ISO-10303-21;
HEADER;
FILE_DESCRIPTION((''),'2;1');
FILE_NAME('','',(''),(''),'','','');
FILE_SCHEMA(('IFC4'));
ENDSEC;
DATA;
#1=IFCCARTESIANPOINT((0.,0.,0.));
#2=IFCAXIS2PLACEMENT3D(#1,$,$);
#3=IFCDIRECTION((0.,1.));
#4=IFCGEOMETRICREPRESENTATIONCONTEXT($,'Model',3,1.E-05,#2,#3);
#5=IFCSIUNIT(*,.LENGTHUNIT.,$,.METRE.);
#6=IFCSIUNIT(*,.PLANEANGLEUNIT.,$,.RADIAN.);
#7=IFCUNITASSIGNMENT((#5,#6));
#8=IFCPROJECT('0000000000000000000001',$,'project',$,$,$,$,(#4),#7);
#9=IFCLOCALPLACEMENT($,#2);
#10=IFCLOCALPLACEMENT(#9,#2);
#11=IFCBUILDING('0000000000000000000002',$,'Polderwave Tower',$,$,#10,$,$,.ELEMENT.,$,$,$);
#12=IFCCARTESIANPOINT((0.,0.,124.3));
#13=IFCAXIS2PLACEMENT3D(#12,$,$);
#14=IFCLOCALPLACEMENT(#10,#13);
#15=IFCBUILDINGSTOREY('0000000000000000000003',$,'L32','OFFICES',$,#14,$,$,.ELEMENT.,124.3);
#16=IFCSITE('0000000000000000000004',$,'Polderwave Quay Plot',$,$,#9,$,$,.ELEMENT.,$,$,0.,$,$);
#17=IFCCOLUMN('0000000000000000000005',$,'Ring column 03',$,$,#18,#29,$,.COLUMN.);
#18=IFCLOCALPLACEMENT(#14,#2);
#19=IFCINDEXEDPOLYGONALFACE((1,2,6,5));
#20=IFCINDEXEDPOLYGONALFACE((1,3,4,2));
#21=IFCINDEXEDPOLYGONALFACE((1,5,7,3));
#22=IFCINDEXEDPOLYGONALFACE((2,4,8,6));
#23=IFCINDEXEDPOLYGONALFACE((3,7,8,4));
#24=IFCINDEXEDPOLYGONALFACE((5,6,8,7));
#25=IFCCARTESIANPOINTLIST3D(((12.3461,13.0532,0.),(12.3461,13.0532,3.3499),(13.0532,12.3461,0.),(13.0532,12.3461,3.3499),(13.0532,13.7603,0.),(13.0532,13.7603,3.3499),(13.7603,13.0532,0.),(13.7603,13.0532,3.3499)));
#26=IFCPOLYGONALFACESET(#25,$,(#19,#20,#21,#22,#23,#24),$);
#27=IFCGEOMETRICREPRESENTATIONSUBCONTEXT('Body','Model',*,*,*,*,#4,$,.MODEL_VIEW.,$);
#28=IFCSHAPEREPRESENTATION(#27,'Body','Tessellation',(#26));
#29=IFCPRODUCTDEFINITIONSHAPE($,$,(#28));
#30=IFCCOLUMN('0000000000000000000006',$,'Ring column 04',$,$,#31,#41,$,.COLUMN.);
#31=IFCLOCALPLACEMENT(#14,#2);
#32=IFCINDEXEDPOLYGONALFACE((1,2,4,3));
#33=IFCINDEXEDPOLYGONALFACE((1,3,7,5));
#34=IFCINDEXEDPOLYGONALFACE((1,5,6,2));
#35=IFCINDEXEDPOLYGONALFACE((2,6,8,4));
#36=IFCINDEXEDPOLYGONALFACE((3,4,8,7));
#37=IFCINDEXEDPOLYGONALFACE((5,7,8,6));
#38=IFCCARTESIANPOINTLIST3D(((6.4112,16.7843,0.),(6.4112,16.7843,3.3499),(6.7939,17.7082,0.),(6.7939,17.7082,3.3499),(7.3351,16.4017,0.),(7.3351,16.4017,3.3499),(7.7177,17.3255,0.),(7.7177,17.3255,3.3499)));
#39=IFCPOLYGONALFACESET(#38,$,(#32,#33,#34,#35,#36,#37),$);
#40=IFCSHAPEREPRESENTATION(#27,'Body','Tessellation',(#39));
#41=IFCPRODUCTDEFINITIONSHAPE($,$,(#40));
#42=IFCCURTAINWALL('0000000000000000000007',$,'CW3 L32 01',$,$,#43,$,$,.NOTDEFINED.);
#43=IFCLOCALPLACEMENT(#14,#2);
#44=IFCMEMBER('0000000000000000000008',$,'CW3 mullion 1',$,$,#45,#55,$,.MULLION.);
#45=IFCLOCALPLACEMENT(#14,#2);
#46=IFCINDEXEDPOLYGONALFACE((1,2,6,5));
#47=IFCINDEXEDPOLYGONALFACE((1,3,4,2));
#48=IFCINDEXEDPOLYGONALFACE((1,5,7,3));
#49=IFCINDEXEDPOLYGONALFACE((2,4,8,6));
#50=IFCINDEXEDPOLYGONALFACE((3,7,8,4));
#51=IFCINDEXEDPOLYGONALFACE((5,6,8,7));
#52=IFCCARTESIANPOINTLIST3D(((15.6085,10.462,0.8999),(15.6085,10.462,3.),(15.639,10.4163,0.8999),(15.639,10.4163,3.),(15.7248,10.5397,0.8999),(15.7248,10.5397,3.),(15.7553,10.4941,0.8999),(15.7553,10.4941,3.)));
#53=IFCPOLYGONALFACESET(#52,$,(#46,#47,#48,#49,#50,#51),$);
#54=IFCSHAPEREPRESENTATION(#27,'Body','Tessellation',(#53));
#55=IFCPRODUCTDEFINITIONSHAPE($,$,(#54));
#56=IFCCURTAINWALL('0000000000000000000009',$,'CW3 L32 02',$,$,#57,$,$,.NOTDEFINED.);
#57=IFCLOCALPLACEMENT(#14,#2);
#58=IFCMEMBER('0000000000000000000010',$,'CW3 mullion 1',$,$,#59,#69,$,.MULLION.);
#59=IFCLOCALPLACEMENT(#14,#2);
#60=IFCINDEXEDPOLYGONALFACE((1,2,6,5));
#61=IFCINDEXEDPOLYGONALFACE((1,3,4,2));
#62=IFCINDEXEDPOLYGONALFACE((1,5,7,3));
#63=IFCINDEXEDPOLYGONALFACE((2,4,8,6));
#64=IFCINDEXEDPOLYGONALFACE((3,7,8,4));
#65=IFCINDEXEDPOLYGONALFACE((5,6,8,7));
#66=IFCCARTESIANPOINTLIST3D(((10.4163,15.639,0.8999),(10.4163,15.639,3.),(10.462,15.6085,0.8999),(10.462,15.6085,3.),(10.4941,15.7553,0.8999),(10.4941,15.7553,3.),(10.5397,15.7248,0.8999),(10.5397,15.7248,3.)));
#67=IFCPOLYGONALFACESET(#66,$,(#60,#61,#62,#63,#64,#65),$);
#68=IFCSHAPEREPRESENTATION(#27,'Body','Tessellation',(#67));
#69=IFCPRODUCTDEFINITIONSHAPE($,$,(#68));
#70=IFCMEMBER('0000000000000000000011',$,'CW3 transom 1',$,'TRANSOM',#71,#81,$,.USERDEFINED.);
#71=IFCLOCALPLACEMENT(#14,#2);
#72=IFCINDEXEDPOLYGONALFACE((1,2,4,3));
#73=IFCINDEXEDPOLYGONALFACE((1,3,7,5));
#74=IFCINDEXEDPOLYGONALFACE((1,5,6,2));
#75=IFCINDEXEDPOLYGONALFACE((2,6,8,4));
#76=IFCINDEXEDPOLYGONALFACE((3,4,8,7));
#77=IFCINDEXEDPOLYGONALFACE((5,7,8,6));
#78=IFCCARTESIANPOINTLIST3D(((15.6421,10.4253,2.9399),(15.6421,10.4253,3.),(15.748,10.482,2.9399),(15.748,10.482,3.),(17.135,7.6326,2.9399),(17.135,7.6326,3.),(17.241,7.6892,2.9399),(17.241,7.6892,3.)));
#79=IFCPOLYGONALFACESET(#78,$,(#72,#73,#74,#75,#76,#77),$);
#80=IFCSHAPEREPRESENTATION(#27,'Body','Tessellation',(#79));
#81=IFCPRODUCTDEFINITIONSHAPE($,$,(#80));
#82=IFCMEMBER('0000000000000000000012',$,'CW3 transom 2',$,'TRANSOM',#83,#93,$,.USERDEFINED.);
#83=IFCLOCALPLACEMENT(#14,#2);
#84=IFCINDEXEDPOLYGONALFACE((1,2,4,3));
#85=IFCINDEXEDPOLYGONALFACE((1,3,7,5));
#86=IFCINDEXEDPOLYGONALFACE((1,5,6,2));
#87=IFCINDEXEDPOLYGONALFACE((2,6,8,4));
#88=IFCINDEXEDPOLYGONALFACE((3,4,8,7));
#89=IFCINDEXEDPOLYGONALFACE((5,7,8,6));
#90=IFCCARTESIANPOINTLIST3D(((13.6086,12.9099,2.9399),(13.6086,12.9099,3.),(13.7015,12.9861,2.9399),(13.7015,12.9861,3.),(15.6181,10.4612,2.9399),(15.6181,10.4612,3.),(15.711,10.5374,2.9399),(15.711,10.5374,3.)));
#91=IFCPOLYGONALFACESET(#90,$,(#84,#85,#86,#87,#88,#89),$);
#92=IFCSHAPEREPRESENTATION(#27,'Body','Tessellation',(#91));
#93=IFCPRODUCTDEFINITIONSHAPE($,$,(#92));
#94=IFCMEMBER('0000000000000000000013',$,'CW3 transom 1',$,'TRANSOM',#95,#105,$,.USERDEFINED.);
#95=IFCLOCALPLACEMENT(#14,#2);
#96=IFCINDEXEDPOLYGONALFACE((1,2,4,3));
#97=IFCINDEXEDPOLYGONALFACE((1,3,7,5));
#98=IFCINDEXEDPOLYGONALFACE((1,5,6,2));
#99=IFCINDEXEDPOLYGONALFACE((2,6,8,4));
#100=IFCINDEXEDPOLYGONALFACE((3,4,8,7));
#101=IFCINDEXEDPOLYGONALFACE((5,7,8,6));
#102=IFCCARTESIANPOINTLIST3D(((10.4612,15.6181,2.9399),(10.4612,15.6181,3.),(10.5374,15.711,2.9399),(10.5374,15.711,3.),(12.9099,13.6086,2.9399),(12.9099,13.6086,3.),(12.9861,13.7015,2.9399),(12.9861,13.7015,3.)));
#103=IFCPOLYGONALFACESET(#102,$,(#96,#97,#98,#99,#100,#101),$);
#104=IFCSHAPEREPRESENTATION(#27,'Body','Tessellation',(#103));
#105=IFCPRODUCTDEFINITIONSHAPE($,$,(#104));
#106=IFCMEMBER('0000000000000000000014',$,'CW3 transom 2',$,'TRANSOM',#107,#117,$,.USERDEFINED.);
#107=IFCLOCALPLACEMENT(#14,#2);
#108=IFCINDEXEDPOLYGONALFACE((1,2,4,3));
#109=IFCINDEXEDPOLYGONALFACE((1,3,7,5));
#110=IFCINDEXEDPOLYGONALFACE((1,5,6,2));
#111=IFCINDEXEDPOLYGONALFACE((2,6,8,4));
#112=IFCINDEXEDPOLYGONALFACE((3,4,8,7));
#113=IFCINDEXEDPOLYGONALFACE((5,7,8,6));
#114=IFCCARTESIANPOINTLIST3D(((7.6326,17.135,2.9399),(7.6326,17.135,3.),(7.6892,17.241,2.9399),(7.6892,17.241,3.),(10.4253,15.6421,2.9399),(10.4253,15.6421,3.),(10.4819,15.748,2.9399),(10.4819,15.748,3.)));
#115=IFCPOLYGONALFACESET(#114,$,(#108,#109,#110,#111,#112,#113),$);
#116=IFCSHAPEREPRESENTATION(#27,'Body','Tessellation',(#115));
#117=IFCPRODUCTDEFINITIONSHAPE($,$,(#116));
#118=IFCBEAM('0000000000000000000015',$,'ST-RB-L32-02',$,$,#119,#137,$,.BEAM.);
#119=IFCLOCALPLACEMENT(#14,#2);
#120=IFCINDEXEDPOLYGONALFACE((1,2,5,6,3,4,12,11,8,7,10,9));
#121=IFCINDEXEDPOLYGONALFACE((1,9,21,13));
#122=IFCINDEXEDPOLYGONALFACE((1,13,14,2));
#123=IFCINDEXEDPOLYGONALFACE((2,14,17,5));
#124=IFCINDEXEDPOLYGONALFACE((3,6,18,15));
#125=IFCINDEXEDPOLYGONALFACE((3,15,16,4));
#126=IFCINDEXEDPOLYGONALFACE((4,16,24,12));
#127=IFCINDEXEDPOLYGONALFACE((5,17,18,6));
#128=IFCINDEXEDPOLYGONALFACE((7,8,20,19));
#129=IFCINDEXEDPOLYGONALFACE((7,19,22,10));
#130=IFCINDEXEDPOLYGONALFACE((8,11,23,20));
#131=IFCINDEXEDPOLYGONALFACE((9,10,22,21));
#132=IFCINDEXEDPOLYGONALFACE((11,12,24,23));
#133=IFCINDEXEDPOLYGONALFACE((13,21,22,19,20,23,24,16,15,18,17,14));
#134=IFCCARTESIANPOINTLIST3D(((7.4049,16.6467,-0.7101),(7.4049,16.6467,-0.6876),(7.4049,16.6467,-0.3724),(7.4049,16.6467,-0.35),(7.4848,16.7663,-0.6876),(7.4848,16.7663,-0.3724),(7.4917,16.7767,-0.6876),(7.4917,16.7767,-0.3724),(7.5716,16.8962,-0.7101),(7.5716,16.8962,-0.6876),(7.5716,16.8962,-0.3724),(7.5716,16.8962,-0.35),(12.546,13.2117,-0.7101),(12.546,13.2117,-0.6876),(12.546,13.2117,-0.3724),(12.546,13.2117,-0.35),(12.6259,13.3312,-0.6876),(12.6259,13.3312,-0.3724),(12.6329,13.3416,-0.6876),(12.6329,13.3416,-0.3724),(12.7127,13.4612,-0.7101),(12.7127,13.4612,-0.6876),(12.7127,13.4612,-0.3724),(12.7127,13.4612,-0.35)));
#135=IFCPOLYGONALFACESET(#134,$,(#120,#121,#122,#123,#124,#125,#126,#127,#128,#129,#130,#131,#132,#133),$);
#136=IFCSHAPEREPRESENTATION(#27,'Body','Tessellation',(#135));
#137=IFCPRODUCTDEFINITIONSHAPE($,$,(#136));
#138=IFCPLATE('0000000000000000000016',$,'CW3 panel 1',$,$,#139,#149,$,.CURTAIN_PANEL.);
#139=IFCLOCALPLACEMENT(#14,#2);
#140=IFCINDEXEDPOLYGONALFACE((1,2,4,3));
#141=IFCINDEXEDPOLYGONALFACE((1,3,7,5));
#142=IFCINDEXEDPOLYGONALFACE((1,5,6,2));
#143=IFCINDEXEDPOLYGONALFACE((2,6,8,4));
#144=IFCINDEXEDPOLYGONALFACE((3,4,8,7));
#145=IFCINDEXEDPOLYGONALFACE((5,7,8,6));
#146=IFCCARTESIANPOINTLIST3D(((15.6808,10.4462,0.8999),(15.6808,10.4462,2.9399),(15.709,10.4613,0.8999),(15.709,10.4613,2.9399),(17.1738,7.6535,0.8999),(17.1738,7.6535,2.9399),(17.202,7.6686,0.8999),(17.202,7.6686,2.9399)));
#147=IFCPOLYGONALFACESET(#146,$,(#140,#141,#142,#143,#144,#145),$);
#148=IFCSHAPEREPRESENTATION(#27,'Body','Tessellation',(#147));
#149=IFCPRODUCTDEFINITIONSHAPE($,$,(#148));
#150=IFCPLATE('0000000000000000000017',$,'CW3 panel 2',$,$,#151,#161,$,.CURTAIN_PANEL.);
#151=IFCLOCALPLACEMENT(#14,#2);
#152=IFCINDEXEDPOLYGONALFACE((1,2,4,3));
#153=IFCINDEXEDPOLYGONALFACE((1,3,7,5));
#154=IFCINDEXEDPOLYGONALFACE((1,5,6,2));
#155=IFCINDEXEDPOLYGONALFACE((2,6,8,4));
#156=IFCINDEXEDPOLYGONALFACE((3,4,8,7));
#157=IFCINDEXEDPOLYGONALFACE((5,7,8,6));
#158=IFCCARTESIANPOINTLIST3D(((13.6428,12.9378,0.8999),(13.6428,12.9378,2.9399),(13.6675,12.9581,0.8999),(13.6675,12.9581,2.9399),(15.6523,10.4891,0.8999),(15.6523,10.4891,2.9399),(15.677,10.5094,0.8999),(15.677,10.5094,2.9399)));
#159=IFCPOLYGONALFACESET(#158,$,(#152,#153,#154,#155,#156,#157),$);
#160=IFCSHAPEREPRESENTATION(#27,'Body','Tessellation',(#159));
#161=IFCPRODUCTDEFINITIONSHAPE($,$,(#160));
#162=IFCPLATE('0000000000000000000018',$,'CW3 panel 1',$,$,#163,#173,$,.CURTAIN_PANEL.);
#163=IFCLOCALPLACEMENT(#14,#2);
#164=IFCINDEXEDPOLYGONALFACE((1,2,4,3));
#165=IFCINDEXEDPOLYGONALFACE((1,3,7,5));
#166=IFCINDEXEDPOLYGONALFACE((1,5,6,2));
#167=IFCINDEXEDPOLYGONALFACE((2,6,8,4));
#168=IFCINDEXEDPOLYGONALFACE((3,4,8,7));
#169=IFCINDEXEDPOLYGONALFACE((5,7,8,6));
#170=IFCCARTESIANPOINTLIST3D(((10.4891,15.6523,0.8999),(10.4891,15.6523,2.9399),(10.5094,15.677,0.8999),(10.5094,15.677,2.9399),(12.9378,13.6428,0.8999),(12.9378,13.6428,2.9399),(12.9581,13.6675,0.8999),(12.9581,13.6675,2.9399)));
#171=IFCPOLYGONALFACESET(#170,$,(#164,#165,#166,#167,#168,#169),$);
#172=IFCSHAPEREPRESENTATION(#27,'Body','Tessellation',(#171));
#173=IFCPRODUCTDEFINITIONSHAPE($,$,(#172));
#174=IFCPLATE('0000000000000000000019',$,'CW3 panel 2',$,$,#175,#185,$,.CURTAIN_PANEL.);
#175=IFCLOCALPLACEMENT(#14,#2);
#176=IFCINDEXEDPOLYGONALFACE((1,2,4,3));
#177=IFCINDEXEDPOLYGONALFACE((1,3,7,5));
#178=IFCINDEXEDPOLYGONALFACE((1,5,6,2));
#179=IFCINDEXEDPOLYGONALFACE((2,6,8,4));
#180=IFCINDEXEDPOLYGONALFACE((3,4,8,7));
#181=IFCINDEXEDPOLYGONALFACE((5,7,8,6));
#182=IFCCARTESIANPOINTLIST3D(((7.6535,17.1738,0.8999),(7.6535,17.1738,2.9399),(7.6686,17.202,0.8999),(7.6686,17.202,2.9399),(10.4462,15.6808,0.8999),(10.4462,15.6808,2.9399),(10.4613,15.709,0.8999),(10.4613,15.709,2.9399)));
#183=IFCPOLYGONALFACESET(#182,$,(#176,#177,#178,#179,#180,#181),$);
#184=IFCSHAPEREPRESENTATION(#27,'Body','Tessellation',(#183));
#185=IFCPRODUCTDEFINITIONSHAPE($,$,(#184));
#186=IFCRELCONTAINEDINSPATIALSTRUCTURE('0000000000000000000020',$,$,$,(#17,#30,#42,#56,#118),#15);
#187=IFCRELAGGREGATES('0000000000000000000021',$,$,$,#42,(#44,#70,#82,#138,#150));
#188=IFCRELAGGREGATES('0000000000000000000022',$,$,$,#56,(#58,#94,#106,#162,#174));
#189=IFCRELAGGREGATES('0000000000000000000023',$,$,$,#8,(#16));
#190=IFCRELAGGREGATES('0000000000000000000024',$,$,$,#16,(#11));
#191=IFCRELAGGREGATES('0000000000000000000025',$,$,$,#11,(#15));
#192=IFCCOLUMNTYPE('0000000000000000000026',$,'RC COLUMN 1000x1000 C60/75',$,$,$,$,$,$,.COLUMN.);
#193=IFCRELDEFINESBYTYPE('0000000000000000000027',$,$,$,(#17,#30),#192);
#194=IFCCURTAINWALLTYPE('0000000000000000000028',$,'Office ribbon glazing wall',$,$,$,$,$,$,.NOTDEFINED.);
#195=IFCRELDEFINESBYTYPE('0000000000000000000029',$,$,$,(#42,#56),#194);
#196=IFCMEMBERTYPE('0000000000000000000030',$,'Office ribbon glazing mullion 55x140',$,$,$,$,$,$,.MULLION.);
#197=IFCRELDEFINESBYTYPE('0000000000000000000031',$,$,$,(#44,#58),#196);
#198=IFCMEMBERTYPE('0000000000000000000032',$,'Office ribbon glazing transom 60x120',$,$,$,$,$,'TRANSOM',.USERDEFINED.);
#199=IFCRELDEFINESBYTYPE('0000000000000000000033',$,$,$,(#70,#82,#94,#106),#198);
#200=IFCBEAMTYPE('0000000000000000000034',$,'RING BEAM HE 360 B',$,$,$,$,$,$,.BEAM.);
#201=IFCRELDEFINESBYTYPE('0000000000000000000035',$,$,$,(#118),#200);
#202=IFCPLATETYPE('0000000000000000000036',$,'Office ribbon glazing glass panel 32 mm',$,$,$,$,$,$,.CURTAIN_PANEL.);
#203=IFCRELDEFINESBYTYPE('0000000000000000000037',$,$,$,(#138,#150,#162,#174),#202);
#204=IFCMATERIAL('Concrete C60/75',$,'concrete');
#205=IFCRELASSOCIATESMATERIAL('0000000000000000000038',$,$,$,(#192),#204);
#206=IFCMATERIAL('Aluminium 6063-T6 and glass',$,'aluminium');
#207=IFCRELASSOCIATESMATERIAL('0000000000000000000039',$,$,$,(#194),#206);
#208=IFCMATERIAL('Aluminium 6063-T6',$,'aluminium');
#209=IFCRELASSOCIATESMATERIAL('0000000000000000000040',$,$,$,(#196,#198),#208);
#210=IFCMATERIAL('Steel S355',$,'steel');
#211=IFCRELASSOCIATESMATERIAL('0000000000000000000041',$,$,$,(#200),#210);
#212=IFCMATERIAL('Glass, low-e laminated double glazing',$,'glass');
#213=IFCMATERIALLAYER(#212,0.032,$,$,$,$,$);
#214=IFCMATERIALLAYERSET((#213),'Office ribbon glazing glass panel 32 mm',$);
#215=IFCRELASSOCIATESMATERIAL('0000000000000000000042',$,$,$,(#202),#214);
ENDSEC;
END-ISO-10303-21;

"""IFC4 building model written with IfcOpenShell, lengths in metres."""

from ifc_helpers import new_model, si_unit, direction, frame, origin, origin_2d, place, context, subcontext, project, spatial, rectangle, i_section, extrude, material, layer, layer_set, material_profile, profile_set, type_object, element, aggregate, save


model = new_model("IFC4")

# Units and contexts
model_context = context("Model", 3, precision=1e-05, world=origin(), true_north=direction((0.0, 1.0)))
body_context = subcontext(model_context, "Body", "Model", "MODEL_VIEW")
ifc_project = project(units=[si_unit("LENGTHUNIT", "METRE"), si_unit("PLANEANGLEUNIT", "RADIAN")], contexts=[model_context])

# Site, building, storey
site_placement = place(None, origin())
site = spatial("IfcSite", under=ifc_project, at=site_placement, Name="Polderwave Quay Plot", CompositionType="ELEMENT", RefElevation=0.0)
building_placement = place(site_placement, origin())
building = spatial("IfcBuilding", under=site, at=building_placement, Name="Polderwave Tower", CompositionType="ELEMENT")
storey_placement = place(building_placement, frame((0.0, 0.0, 124.3)))
storey = spatial("IfcBuildingStorey", under=building, at=storey_placement, Name="L32", Description="OFFICES", CompositionType="ELEMENT", Elevation=124.3)

# Columns
ifc_material_1 = material(Name="Concrete C60/75", Category="concrete")
ifc_material_profile_1 = material_profile(ifc_material_1, rectangle(XDim=1.0, YDim=1.0, at=origin_2d()), Name="RC 1000x1000")
ifc_profile_set_1 = profile_set([ifc_material_profile_1], Name="Concrete C60/75")
column_type = type_object("IfcColumnType", Name="RC COLUMN 1000x1000 C60/75", PredefinedType="COLUMN", material=ifc_profile_set_1)
for number, where, z_axis, x_axis, name in (
    (1, (13.0532, 13.0532, 0.0), (0.0, 0.0, 1.0), (0.707107, 0.707107, 0.0), "Ring column 03"),
    (2, (7.0645, 17.0549, 0.0), (0.0, 0.0, 1.0), (0.382683, 0.92388, 0.0), "Ring column 04"),
):
    element("IfcColumn", number, at=place(storey_placement, frame(where, z_axis=z_axis, x_axis=x_axis)), inside=storey, type_object=column_type, Name=name, PredefinedType="COLUMN", context=body_context, shape_type="SweptSolid", body=[
        extrude(rectangle(XDim=1.0, YDim=1.0, at=origin_2d()), origin(), (0.0, 0.0, 1.0), 3.3499),
    ])

# Curtain walls, members
ifc_material_2 = material(Name="Aluminium 6063-T6 and glass", Category="aluminium")
curtain_wall_type = type_object("IfcCurtainWallType", Name="Office ribbon glazing wall", PredefinedType="NOTDEFINED", material=ifc_material_2)
curtain_wall_1_placement = place(storey_placement, origin())
curtain_wall_1 = element("IfcCurtainWall", 3, at=curtain_wall_1_placement, inside=storey, type_object=curtain_wall_type, Name="CW3 L32 01", PredefinedType="NOTDEFINED")
ifc_material_3 = material(Name="Aluminium 6063-T6", Category="aluminium")
ifc_material_profile_2 = material_profile(ifc_material_3, rectangle(XDim=0.1399, YDim=0.0549, at=origin_2d()), Name="AL 55x140")
ifc_profile_set_2 = profile_set([ifc_material_profile_2], Name="Aluminium 6063-T6")
member_type_1 = type_object("IfcMemberType", Name="Office ribbon glazing mullion 55x140", PredefinedType="MULLION", material=ifc_profile_set_2)
member_1_placement = place(storey_placement, frame((15.6819, 10.478, 0.8999), z_axis=(0.0, 0.0, 1.0), x_axis=(-0.831453, -0.555595, 0.0)))
member_1 = element("IfcMember", 4, at=member_1_placement, type_object=member_type_1, Name="CW3 mullion 1", PredefinedType="MULLION", context=body_context, shape_type="SweptSolid", body=[
    extrude(rectangle(XDim=0.1399, YDim=0.0549, at=origin_2d()), origin(), (0.0, 0.0, 1.0), 2.1001),
])
curtain_wall_2_placement = place(storey_placement, origin())
curtain_wall_2 = element("IfcCurtainWall", 5, at=curtain_wall_2_placement, inside=storey, type_object=curtain_wall_type, Name="CW3 L32 02", PredefinedType="NOTDEFINED")
member_2_placement = place(storey_placement, frame((10.478, 15.6819, 0.8999), z_axis=(0.0, 0.0, 1.0), x_axis=(-0.555595, -0.831453, 0.0)))
member_2 = element("IfcMember", 6, at=member_2_placement, type_object=member_type_1, Name="CW3 mullion 1", PredefinedType="MULLION", context=body_context, shape_type="SweptSolid", body=[
    extrude(rectangle(XDim=0.1399, YDim=0.0549, at=origin_2d()), origin(), (0.0, 0.0, 1.0), 2.1001),
])

# Members
ifc_material_profile_3 = material_profile(ifc_material_3, rectangle(XDim=0.1201, YDim=0.0601, at=origin_2d()), Name="AL 60x120")
ifc_profile_set_3 = profile_set([ifc_material_profile_3], Name="Aluminium 6063-T6")
member_type_2 = type_object("IfcMemberType", Name="Office ribbon glazing transom 60x120", ElementType="TRANSOM", PredefinedType="USERDEFINED", material=ifc_profile_set_3)
member_3_placement = place(storey_placement, frame((17.188, 7.6609, 2.97), z_axis=(-0.47144, 0.881898, 0.0), x_axis=(-0.881898, -0.47144, 0.0)))
member_3 = element("IfcMember", 7, at=member_3_placement, type_object=member_type_2, Name="CW3 transom 1", ObjectType="TRANSOM", PredefinedType="USERDEFINED", context=body_context, shape_type="SweptSolid", body=[
    extrude(rectangle(XDim=0.1201, YDim=0.0601, at=origin_2d()), origin(), (0.0, 0.0, 1.0), 3.1667),
])
member_4_placement = place(storey_placement, frame((15.6646, 10.4993, 2.97), z_axis=(-0.634374, 0.773026, 0.0), x_axis=(-0.773026, -0.634374, 0.0)))
member_4 = element("IfcMember", 8, at=member_4_placement, type_object=member_type_2, Name="CW3 transom 2", ObjectType="TRANSOM", PredefinedType="USERDEFINED", context=body_context, shape_type="SweptSolid", body=[
    extrude(rectangle(XDim=0.1201, YDim=0.0601, at=origin_2d()), origin(), (0.0, 0.0, 1.0), 3.1677),
])
member_5_placement = place(storey_placement, frame((12.948, 13.655, 2.97), z_axis=(-0.773026, 0.634374, 0.0), x_axis=(-0.634374, -0.773026, 0.0)))
member_5 = element("IfcMember", 9, at=member_5_placement, type_object=member_type_2, Name="CW3 transom 1", ObjectType="TRANSOM", PredefinedType="USERDEFINED", context=body_context, shape_type="SweptSolid", body=[
    extrude(rectangle(XDim=0.1201, YDim=0.0601, at=origin_2d()), origin(), (0.0, 0.0, 1.0), 3.1677),
])
member_6_placement = place(storey_placement, frame((10.4536, 15.6951, 2.97), z_axis=(-0.881898, 0.47144, 0.0), x_axis=(-0.47144, -0.881898, 0.0)))
member_6 = element("IfcMember", 10, at=member_6_placement, type_object=member_type_2, Name="CW3 transom 2", ObjectType="TRANSOM", PredefinedType="USERDEFINED", context=body_context, shape_type="SweptSolid", body=[
    extrude(rectangle(XDim=0.1201, YDim=0.0601, at=origin_2d()), origin(), (0.0, 0.0, 1.0), 3.1667),
])

# Beam
ifc_material_4 = material(Name="Steel S355", Category="steel")
ifc_material_profile_4 = material_profile(ifc_material_4, i_section(OverallWidth=0.3, OverallDepth=0.3601, WebThickness=0.0125, FlangeThickness=0.0225, at=origin_2d()), Name="HE 360 B")
ifc_profile_set_4 = profile_set([ifc_material_profile_4], Name="Steel S355")
beam_type = type_object("IfcBeamType", Name="RING BEAM HE 360 B", PredefinedType="BEAM", material=ifc_profile_set_4)
beam_placement = place(storey_placement, frame((12.6294, 13.3364, -0.53), z_axis=(-0.831479, 0.555556, 0.0), x_axis=(-0.555556, -0.831479, 0.0)))
element("IfcBeam", 11, at=beam_placement, inside=storey, type_object=beam_type, Name="ST-RB-L32-02", PredefinedType="BEAM", context=body_context, shape_type="SweptSolid", body=[
    extrude(i_section(OverallWidth=0.3, OverallDepth=0.3601, WebThickness=0.0125, FlangeThickness=0.0225, at=origin_2d()), origin(), (0.0, 0.0, 1.0), 6.1831),
])

# Plates
ifc_material_5 = material(Name="Glass, low-e laminated double glazing", Category="glass")
ifc_layer_1 = layer(ifc_material_5, 0.032)
ifc_layer_set_1 = layer_set([ifc_layer_1], Name="Office ribbon glazing glass panel 32 mm")
plate_type = type_object("IfcPlateType", Name="Office ribbon glazing glass panel 32 mm", PredefinedType="CURTAIN_PANEL", material=ifc_layer_set_1)
plate_1_placement = place(storey_placement, frame((16.4414, 9.0574, 0.8999), z_axis=(0.0, 0.0, 1.0), x_axis=(-0.471466, 0.881884, 0.0)))
plate_1 = element("IfcPlate", 12, at=plate_1_placement, type_object=plate_type, Name="CW3 panel 1", PredefinedType="CURTAIN_PANEL", context=body_context, shape_type="SweptSolid", body=[
    extrude(rectangle(XDim=3.1667, YDim=0.032, at=origin_2d()), origin(), (0.0, 0.0, 1.0), 2.04),
])
plate_2_placement = place(storey_placement, frame((14.6599, 11.7236, 0.8999), z_axis=(0.0, 0.0, 1.0), x_axis=(-0.634378, 0.773023, 0.0)))
plate_2 = element("IfcPlate", 13, at=plate_2_placement, type_object=plate_type, Name="CW3 panel 2", PredefinedType="CURTAIN_PANEL", context=body_context, shape_type="SweptSolid", body=[
    extrude(rectangle(XDim=3.1677, YDim=0.032, at=origin_2d()), origin(), (0.0, 0.0, 1.0), 2.04),
])
aggregate(curtain_wall_1, [member_1, member_3, member_4, plate_1, plate_2])
plate_3_placement = place(storey_placement, frame((11.7236, 14.6599, 0.8999), z_axis=(0.0, 0.0, 1.0), x_axis=(-0.773023, 0.634378, 0.0)))
plate_3 = element("IfcPlate", 14, at=plate_3_placement, type_object=plate_type, Name="CW3 panel 1", PredefinedType="CURTAIN_PANEL", context=body_context, shape_type="SweptSolid", body=[
    extrude(rectangle(XDim=3.1677, YDim=0.032, at=origin_2d()), origin(), (0.0, 0.0, 1.0), 2.04),
])
plate_4_placement = place(storey_placement, frame((9.0574, 16.4414, 0.8999), z_axis=(0.0, 0.0, 1.0), x_axis=(-0.881884, 0.471466, 0.0)))
plate_4 = element("IfcPlate", 15, at=plate_4_placement, type_object=plate_type, Name="CW3 panel 2", PredefinedType="CURTAIN_PANEL", context=body_context, shape_type="SweptSolid", body=[
    extrude(rectangle(XDim=3.1667, YDim=0.032, at=origin_2d()), origin(), (0.0, 0.0, 1.0), 2.04),
])
aggregate(curtain_wall_2, [member_2, member_5, member_6, plate_3, plate_4])

save(model, "model.ifc")
